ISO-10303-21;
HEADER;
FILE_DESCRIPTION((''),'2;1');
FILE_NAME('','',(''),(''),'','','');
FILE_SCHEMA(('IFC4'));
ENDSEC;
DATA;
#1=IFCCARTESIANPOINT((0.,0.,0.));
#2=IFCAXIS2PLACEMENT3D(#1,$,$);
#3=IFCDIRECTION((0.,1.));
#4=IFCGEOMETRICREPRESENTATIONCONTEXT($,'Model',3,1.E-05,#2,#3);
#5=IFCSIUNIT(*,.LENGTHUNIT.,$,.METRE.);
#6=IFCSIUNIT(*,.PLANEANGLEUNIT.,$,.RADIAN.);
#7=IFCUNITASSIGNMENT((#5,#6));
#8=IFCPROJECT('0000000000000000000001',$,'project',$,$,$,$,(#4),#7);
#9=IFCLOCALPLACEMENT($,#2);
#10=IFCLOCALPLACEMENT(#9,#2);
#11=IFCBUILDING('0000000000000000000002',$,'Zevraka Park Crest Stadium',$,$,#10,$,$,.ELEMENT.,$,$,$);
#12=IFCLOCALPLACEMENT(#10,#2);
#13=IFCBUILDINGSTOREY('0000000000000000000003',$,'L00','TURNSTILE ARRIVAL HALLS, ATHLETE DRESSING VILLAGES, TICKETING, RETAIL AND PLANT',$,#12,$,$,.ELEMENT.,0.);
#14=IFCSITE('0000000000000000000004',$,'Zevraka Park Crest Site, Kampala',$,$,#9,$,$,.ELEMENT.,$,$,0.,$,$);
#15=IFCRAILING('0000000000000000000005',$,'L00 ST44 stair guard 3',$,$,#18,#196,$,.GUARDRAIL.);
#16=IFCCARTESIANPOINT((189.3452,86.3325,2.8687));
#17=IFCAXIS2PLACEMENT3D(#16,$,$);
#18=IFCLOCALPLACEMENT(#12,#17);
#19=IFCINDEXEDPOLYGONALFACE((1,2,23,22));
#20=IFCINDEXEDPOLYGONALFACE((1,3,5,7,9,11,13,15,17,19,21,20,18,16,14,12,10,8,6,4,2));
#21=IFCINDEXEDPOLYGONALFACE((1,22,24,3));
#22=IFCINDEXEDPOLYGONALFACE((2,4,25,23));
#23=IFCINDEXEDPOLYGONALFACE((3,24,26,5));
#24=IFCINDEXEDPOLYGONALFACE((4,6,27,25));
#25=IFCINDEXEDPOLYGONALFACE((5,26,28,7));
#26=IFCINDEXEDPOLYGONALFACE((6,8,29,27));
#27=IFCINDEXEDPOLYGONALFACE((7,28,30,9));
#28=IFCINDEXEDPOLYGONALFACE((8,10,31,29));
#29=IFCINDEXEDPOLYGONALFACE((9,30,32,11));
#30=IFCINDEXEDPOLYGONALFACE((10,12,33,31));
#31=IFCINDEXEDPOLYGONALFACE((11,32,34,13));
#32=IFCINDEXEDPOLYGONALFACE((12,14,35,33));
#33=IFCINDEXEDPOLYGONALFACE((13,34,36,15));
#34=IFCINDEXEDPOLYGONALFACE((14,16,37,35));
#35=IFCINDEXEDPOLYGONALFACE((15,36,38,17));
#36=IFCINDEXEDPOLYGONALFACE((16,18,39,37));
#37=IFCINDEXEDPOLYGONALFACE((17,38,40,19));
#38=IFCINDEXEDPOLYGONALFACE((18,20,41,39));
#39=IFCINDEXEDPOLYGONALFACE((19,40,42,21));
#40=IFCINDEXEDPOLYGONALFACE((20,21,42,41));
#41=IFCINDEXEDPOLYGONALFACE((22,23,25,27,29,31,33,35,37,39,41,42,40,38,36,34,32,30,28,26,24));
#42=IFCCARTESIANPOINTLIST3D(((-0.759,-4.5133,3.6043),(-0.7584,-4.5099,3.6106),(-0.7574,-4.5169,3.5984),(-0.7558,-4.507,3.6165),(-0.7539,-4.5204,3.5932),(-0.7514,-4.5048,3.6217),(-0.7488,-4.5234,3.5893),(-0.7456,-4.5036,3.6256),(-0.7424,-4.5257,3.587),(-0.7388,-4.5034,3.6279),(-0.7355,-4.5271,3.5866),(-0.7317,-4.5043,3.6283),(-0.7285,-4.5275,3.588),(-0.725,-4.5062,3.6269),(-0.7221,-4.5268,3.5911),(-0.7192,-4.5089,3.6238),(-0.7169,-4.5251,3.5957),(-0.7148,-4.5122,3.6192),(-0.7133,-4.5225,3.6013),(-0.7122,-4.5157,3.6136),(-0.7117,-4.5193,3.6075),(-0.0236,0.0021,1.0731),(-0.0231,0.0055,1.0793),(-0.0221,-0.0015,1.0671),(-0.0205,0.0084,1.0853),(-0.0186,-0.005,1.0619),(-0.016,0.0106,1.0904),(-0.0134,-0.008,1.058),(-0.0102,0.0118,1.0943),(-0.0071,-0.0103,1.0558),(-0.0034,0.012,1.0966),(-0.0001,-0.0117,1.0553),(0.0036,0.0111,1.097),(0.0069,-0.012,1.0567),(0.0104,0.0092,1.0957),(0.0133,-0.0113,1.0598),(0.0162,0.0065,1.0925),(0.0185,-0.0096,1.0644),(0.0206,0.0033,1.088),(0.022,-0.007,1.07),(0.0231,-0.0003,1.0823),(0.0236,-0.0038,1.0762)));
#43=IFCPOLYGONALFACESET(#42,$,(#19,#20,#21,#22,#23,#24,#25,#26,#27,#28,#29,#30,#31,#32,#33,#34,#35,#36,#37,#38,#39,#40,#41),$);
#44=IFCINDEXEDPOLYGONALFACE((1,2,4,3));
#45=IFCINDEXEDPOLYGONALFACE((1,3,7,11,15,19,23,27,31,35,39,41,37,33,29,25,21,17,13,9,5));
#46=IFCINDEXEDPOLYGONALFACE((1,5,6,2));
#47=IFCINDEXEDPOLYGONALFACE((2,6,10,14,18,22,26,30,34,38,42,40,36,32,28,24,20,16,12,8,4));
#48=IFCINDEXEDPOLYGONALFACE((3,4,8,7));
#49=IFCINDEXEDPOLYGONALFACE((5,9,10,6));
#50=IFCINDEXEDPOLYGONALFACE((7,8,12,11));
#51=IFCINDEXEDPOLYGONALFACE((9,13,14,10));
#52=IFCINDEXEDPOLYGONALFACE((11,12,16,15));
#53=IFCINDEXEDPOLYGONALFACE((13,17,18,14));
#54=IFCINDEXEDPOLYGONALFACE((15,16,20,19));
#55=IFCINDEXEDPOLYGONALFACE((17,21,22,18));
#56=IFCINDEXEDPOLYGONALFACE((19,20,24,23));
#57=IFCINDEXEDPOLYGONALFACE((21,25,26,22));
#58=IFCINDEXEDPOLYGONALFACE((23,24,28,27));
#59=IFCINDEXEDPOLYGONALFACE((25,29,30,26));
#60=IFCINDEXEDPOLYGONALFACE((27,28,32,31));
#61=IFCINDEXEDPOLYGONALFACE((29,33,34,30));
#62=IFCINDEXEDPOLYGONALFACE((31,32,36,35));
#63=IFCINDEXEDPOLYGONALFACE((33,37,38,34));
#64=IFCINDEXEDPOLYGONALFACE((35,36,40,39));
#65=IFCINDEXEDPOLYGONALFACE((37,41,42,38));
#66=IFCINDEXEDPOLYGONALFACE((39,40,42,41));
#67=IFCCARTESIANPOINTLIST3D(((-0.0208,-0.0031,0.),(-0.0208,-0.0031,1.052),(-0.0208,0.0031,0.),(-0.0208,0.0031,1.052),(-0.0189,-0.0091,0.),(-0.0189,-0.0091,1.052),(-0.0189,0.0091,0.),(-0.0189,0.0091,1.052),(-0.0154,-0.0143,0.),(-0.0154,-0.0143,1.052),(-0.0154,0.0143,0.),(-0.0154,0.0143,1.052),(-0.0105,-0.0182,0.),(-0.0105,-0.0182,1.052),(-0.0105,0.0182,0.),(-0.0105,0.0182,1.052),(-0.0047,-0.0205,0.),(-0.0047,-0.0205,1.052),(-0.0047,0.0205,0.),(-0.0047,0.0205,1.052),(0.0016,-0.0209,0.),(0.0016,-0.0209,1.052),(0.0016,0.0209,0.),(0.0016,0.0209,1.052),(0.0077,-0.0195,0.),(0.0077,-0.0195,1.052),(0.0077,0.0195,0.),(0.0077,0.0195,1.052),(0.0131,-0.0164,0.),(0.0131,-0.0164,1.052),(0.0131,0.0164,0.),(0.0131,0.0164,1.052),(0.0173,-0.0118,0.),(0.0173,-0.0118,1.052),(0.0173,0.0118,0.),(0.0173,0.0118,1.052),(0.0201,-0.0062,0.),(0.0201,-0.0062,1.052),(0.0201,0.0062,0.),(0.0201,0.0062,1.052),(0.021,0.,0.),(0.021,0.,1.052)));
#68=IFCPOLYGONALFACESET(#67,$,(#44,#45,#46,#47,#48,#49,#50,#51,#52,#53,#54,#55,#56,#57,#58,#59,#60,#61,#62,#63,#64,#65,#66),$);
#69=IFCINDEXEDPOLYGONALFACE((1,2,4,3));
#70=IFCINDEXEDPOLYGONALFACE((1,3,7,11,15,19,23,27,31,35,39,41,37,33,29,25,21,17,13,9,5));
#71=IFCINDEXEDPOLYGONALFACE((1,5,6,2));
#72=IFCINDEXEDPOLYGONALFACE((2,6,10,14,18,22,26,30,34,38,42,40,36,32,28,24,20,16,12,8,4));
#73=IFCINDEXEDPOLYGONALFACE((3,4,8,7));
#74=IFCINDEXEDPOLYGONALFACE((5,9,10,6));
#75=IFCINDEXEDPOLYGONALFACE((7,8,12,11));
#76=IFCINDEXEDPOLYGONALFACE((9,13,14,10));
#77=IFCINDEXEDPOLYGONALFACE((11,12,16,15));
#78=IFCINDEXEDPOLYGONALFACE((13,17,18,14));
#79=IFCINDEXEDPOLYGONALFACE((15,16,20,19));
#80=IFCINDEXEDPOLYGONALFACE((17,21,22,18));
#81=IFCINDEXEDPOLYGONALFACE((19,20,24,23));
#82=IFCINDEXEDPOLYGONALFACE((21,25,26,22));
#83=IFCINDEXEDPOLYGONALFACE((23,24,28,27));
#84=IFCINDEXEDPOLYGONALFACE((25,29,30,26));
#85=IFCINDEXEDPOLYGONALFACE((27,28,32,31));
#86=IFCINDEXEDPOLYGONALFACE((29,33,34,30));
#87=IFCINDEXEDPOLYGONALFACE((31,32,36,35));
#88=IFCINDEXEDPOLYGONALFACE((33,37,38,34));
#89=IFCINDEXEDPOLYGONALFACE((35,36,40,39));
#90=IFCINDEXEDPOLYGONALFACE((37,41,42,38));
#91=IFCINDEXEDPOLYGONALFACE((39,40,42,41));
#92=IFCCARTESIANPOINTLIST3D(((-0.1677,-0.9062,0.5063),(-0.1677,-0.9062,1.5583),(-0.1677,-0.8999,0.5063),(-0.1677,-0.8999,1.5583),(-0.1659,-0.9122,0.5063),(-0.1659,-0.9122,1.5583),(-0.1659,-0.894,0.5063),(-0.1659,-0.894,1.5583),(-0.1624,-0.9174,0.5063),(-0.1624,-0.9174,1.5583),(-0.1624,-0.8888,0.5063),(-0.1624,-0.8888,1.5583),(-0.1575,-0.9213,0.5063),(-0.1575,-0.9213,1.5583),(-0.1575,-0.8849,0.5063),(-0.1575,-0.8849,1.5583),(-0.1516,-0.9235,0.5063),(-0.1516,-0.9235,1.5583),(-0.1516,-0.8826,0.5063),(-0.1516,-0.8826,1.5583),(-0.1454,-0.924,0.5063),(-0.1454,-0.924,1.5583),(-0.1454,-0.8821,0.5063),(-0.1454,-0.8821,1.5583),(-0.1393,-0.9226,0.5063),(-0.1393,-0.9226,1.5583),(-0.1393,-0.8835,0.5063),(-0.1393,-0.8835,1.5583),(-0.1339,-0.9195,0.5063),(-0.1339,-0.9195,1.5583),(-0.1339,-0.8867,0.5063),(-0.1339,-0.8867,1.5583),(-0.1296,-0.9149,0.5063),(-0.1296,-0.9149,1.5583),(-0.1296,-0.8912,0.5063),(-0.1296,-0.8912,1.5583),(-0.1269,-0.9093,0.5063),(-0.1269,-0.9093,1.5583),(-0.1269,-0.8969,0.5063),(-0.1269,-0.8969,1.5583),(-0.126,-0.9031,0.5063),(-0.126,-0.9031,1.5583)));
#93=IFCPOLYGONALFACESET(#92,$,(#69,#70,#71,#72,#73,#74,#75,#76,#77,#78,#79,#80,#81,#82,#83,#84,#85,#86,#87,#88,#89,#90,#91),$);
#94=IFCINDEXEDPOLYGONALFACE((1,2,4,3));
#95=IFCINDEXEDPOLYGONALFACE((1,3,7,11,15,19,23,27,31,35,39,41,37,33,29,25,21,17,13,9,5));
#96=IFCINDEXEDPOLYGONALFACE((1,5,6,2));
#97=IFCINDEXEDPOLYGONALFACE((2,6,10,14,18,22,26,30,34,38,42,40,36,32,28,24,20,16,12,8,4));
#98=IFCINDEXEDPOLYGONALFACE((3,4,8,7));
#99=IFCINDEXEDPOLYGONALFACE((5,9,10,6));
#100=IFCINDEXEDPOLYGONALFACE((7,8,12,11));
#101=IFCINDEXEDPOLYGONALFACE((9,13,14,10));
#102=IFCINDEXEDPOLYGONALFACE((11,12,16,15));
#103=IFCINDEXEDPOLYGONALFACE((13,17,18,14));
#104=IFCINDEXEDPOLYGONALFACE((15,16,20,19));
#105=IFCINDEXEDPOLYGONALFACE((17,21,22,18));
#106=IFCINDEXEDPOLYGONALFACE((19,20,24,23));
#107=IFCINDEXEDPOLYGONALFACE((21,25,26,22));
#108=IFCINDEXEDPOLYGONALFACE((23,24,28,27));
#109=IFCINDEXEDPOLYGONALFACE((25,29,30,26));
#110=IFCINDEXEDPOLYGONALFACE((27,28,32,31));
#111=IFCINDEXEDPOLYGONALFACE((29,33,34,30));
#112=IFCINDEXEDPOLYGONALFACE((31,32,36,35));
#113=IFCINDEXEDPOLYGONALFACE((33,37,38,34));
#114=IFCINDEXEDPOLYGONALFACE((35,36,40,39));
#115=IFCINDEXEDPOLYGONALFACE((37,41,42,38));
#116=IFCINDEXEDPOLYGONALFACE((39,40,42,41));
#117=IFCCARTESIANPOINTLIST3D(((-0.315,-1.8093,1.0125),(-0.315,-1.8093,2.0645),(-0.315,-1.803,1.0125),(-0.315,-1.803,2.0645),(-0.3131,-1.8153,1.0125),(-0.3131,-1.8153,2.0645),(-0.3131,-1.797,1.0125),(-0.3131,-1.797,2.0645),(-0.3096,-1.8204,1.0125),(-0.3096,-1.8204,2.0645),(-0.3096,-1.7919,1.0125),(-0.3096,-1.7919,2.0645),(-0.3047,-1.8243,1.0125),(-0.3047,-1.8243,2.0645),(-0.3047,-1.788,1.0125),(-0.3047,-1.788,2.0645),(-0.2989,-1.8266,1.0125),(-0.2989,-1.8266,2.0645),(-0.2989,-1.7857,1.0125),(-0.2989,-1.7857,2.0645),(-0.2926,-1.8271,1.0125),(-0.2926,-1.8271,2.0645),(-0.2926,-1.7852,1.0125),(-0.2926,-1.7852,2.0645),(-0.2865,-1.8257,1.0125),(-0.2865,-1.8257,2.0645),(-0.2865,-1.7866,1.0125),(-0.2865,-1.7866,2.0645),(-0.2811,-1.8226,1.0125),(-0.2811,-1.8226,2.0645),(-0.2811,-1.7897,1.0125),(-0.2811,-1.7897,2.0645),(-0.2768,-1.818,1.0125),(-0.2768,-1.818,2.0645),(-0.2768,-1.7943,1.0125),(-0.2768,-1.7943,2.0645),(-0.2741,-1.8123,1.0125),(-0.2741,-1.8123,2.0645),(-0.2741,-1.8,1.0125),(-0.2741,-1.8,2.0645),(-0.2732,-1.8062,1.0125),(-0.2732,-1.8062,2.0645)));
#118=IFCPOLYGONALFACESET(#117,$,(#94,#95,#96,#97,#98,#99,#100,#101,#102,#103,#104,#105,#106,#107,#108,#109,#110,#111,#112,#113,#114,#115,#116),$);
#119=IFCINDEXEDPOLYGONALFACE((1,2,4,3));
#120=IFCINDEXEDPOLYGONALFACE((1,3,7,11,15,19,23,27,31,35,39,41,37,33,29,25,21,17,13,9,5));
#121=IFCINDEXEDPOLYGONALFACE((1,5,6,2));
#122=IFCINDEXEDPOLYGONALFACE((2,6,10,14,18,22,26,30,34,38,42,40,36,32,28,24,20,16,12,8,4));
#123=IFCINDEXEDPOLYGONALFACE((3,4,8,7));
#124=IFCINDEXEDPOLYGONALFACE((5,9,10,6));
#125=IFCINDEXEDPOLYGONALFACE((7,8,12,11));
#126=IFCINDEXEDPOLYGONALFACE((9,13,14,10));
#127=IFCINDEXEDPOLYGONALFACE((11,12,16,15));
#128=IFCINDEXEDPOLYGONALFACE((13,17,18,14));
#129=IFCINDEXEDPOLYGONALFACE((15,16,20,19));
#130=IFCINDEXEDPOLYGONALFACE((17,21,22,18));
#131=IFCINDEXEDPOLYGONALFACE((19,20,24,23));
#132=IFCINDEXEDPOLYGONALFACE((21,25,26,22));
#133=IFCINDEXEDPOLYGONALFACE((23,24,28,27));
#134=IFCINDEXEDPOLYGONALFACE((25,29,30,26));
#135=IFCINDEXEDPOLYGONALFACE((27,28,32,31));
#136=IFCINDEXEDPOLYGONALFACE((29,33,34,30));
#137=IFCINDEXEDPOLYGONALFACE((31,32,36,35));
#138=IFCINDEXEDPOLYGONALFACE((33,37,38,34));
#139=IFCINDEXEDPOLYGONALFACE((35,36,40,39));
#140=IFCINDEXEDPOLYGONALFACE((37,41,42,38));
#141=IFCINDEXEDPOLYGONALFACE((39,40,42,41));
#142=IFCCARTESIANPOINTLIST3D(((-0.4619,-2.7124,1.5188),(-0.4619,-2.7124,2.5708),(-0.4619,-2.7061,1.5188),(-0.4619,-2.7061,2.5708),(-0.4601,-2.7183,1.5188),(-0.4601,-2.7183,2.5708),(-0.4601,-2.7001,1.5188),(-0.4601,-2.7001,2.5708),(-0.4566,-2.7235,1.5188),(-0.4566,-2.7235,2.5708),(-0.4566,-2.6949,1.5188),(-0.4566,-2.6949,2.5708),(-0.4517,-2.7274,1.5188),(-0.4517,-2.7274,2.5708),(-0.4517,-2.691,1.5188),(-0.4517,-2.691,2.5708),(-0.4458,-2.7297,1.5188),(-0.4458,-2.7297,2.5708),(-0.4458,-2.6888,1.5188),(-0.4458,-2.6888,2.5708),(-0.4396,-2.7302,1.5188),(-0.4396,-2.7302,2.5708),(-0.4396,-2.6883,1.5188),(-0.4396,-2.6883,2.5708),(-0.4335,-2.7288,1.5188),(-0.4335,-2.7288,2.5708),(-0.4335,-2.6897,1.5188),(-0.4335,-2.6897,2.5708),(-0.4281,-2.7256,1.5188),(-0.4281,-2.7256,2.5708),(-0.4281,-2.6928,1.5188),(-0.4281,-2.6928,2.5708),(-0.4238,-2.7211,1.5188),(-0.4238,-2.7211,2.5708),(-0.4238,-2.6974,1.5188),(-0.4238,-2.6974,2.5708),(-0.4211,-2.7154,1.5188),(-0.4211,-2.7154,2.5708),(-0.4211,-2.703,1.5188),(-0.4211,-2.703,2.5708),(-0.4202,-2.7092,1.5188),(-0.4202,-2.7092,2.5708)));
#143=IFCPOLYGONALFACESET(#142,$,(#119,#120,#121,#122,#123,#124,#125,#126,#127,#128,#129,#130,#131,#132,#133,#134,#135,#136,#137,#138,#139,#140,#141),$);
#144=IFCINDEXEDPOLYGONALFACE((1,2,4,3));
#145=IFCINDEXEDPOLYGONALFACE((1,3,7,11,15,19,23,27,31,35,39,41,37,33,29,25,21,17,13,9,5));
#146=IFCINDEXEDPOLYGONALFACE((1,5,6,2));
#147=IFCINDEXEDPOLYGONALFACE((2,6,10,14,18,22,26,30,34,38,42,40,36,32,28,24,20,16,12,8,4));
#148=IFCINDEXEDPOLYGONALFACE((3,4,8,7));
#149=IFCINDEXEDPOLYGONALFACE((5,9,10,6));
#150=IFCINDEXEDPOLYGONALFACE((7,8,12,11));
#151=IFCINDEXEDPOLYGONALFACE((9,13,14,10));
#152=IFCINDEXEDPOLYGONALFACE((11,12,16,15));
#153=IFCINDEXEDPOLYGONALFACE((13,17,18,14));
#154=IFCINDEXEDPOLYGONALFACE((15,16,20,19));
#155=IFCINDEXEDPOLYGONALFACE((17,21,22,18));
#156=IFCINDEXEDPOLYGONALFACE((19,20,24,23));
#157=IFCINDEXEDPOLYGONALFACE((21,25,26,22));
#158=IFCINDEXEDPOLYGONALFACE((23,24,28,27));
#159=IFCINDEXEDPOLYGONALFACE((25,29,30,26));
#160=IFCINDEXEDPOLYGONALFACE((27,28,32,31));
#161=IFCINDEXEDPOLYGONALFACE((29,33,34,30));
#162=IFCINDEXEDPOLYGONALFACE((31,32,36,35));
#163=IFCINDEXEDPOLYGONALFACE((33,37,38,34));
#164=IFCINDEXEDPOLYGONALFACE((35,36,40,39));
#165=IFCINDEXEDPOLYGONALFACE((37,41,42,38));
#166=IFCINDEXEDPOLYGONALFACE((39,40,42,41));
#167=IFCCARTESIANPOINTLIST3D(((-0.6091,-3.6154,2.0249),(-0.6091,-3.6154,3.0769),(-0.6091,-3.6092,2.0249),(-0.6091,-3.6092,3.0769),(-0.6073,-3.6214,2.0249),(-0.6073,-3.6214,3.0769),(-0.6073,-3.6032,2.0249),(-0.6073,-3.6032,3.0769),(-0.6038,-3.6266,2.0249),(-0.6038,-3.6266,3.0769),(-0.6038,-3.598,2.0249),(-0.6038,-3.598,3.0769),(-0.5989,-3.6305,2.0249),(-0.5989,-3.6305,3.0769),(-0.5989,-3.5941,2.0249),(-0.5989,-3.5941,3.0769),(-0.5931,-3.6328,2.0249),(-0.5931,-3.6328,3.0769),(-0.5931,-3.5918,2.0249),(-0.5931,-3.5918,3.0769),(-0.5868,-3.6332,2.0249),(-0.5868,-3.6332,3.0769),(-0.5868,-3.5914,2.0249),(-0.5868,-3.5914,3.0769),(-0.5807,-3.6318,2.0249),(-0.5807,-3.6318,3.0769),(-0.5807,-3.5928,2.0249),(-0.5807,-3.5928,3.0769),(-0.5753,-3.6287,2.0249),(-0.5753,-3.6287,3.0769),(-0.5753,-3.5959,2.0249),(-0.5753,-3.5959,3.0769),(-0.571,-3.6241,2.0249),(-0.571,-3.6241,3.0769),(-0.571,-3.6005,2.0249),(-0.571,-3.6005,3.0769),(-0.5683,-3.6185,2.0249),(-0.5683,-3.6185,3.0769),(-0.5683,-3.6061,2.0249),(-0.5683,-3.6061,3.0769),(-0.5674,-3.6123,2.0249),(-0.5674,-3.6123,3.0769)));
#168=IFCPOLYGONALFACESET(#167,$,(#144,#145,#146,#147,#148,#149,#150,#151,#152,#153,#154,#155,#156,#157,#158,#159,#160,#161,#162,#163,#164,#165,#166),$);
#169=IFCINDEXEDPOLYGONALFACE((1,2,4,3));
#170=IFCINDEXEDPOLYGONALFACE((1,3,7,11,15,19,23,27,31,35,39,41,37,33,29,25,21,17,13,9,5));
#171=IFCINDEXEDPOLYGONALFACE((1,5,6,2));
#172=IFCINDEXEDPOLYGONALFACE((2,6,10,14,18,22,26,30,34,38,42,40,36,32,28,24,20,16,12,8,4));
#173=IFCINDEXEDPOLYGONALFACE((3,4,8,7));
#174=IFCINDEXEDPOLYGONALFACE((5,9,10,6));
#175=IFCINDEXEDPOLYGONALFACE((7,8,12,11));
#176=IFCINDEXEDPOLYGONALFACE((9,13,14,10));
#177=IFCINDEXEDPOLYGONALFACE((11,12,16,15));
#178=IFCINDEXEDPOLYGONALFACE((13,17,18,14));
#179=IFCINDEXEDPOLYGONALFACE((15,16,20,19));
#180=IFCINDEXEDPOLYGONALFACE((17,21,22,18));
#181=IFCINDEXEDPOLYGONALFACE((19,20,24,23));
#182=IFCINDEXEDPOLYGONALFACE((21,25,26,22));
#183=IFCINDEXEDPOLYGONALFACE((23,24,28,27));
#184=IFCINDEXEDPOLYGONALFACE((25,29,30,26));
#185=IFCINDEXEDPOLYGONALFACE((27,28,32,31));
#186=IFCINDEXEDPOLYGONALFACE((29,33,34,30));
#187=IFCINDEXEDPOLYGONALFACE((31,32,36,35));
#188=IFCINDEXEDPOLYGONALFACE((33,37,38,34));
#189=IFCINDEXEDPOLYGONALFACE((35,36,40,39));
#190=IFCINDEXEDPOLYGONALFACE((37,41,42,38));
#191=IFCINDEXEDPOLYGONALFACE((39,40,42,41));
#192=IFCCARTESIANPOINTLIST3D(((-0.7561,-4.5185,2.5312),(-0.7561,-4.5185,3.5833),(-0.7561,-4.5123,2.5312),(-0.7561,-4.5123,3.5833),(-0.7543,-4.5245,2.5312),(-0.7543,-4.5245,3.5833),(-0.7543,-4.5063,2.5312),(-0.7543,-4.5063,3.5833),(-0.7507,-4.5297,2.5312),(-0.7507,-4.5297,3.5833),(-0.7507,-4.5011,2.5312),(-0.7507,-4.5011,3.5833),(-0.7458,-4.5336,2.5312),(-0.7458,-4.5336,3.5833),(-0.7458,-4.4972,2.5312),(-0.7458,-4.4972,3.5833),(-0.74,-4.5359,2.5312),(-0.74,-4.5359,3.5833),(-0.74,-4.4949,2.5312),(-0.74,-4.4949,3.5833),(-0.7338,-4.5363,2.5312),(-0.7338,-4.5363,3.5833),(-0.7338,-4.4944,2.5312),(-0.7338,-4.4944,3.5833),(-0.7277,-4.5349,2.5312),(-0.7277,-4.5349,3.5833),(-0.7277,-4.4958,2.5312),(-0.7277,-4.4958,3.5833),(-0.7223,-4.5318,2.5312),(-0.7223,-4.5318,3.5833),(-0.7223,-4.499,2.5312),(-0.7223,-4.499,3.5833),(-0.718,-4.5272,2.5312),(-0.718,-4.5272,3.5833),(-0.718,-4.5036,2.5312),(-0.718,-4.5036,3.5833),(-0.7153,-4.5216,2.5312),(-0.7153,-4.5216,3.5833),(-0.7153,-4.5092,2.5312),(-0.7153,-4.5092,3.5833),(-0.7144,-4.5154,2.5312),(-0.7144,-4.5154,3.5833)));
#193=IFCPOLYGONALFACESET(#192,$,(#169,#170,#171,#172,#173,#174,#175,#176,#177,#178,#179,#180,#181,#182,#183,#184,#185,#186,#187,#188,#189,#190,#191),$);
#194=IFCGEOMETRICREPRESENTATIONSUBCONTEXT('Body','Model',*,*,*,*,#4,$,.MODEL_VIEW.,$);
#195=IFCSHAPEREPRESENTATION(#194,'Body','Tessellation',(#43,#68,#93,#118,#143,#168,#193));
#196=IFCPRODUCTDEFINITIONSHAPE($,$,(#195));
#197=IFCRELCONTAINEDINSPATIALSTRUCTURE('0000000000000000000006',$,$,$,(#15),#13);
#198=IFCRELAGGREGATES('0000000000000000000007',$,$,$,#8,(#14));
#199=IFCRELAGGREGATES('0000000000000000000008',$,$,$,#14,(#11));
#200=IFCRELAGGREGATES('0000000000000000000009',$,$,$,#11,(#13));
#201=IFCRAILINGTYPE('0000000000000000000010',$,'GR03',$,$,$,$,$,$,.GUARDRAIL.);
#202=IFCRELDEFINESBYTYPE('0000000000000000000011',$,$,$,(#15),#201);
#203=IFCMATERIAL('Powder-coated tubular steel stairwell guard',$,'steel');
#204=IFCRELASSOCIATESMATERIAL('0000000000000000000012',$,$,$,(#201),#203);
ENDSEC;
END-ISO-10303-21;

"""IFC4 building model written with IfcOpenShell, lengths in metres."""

from ifc_helpers import new_model, si_unit, direction, frame, origin, origin_2d, place, context, subcontext, project, spatial, circle, extrude, material, type_object, element, save


model = new_model("IFC4")

# Units and contexts
model_context = context("Model", 3, precision=1e-05, world=origin(), true_north=direction((0.0, 1.0)))
body_context = subcontext(model_context, "Body", "Model", "MODEL_VIEW")
ifc_project = project(units=[si_unit("LENGTHUNIT", "METRE"), si_unit("PLANEANGLEUNIT", "RADIAN")], contexts=[model_context])

# Site, building, storey
site_placement = place(None, origin())
site = spatial("IfcSite", under=ifc_project, at=site_placement, Name="Zevraka Park Crest Site, Kampala", CompositionType="ELEMENT", RefElevation=0.0)
building_placement = place(site_placement, origin())
building = spatial("IfcBuilding", under=site, at=building_placement, Name="Zevraka Park Crest Stadium", CompositionType="ELEMENT")
storey_placement = place(building_placement, origin())
storey = spatial("IfcBuildingStorey", under=building, at=storey_placement, Name="L00", Description="TURNSTILE ARRIVAL HALLS, ATHLETE DRESSING VILLAGES, TICKETING, RETAIL AND PLANT", CompositionType="ELEMENT", Elevation=0.0)

# Railing
ifc_material_1 = material(Name="Powder-coated tubular steel stairwell guard", Category="steel")
railing_type_1 = type_object("IfcRailingType", Name="GR03", PredefinedType="GUARDRAIL", material=ifc_material_1)
railing_1_placement = place(storey_placement, frame((189.3452, 86.3325, 2.8687)))
element("IfcRailing", 1, at=railing_1_placement, inside=storey, type_object=railing_type_1, Name="L00 ST44 stair guard 3", PredefinedType="GUARDRAIL", context=body_context, shape_type="SweptSolid", body=[
    extrude(circle(Radius=0.0239, at=origin_2d()), frame((0.0, 0.0, 1.0762), z_axis=(-0.140644, -0.863618, 0.484131), x_axis=(0.986997, -0.160737, 0.0)), (0.0, 0.0, 1.0), 5.2285),
    extrude(circle(Radius=0.021, at=origin_2d()), origin(), (0.0, 0.0, 1.0), 1.052),
    extrude(circle(Radius=0.021, at=origin_2d()), frame((-0.147, -0.9031, 0.5063)), (0.0, 0.0, 1.0), 1.052),
    extrude(circle(Radius=0.021, at=origin_2d()), frame((-0.2942, -1.8062, 1.0125)), (0.0, 0.0, 1.0), 1.052),
    extrude(circle(Radius=0.021, at=origin_2d()), frame((-0.4412, -2.7092, 1.5188)), (0.0, 0.0, 1.0), 1.052),
    extrude(circle(Radius=0.021, at=origin_2d()), frame((-0.5884, -3.6123, 2.0249)), (0.0, 0.0, 1.0), 1.052),
    extrude(circle(Radius=0.021, at=origin_2d()), frame((-0.7354, -4.5154, 2.5312)), (0.0, 0.0, 1.0), 1.052),
])

save(model, "model.ifc")
